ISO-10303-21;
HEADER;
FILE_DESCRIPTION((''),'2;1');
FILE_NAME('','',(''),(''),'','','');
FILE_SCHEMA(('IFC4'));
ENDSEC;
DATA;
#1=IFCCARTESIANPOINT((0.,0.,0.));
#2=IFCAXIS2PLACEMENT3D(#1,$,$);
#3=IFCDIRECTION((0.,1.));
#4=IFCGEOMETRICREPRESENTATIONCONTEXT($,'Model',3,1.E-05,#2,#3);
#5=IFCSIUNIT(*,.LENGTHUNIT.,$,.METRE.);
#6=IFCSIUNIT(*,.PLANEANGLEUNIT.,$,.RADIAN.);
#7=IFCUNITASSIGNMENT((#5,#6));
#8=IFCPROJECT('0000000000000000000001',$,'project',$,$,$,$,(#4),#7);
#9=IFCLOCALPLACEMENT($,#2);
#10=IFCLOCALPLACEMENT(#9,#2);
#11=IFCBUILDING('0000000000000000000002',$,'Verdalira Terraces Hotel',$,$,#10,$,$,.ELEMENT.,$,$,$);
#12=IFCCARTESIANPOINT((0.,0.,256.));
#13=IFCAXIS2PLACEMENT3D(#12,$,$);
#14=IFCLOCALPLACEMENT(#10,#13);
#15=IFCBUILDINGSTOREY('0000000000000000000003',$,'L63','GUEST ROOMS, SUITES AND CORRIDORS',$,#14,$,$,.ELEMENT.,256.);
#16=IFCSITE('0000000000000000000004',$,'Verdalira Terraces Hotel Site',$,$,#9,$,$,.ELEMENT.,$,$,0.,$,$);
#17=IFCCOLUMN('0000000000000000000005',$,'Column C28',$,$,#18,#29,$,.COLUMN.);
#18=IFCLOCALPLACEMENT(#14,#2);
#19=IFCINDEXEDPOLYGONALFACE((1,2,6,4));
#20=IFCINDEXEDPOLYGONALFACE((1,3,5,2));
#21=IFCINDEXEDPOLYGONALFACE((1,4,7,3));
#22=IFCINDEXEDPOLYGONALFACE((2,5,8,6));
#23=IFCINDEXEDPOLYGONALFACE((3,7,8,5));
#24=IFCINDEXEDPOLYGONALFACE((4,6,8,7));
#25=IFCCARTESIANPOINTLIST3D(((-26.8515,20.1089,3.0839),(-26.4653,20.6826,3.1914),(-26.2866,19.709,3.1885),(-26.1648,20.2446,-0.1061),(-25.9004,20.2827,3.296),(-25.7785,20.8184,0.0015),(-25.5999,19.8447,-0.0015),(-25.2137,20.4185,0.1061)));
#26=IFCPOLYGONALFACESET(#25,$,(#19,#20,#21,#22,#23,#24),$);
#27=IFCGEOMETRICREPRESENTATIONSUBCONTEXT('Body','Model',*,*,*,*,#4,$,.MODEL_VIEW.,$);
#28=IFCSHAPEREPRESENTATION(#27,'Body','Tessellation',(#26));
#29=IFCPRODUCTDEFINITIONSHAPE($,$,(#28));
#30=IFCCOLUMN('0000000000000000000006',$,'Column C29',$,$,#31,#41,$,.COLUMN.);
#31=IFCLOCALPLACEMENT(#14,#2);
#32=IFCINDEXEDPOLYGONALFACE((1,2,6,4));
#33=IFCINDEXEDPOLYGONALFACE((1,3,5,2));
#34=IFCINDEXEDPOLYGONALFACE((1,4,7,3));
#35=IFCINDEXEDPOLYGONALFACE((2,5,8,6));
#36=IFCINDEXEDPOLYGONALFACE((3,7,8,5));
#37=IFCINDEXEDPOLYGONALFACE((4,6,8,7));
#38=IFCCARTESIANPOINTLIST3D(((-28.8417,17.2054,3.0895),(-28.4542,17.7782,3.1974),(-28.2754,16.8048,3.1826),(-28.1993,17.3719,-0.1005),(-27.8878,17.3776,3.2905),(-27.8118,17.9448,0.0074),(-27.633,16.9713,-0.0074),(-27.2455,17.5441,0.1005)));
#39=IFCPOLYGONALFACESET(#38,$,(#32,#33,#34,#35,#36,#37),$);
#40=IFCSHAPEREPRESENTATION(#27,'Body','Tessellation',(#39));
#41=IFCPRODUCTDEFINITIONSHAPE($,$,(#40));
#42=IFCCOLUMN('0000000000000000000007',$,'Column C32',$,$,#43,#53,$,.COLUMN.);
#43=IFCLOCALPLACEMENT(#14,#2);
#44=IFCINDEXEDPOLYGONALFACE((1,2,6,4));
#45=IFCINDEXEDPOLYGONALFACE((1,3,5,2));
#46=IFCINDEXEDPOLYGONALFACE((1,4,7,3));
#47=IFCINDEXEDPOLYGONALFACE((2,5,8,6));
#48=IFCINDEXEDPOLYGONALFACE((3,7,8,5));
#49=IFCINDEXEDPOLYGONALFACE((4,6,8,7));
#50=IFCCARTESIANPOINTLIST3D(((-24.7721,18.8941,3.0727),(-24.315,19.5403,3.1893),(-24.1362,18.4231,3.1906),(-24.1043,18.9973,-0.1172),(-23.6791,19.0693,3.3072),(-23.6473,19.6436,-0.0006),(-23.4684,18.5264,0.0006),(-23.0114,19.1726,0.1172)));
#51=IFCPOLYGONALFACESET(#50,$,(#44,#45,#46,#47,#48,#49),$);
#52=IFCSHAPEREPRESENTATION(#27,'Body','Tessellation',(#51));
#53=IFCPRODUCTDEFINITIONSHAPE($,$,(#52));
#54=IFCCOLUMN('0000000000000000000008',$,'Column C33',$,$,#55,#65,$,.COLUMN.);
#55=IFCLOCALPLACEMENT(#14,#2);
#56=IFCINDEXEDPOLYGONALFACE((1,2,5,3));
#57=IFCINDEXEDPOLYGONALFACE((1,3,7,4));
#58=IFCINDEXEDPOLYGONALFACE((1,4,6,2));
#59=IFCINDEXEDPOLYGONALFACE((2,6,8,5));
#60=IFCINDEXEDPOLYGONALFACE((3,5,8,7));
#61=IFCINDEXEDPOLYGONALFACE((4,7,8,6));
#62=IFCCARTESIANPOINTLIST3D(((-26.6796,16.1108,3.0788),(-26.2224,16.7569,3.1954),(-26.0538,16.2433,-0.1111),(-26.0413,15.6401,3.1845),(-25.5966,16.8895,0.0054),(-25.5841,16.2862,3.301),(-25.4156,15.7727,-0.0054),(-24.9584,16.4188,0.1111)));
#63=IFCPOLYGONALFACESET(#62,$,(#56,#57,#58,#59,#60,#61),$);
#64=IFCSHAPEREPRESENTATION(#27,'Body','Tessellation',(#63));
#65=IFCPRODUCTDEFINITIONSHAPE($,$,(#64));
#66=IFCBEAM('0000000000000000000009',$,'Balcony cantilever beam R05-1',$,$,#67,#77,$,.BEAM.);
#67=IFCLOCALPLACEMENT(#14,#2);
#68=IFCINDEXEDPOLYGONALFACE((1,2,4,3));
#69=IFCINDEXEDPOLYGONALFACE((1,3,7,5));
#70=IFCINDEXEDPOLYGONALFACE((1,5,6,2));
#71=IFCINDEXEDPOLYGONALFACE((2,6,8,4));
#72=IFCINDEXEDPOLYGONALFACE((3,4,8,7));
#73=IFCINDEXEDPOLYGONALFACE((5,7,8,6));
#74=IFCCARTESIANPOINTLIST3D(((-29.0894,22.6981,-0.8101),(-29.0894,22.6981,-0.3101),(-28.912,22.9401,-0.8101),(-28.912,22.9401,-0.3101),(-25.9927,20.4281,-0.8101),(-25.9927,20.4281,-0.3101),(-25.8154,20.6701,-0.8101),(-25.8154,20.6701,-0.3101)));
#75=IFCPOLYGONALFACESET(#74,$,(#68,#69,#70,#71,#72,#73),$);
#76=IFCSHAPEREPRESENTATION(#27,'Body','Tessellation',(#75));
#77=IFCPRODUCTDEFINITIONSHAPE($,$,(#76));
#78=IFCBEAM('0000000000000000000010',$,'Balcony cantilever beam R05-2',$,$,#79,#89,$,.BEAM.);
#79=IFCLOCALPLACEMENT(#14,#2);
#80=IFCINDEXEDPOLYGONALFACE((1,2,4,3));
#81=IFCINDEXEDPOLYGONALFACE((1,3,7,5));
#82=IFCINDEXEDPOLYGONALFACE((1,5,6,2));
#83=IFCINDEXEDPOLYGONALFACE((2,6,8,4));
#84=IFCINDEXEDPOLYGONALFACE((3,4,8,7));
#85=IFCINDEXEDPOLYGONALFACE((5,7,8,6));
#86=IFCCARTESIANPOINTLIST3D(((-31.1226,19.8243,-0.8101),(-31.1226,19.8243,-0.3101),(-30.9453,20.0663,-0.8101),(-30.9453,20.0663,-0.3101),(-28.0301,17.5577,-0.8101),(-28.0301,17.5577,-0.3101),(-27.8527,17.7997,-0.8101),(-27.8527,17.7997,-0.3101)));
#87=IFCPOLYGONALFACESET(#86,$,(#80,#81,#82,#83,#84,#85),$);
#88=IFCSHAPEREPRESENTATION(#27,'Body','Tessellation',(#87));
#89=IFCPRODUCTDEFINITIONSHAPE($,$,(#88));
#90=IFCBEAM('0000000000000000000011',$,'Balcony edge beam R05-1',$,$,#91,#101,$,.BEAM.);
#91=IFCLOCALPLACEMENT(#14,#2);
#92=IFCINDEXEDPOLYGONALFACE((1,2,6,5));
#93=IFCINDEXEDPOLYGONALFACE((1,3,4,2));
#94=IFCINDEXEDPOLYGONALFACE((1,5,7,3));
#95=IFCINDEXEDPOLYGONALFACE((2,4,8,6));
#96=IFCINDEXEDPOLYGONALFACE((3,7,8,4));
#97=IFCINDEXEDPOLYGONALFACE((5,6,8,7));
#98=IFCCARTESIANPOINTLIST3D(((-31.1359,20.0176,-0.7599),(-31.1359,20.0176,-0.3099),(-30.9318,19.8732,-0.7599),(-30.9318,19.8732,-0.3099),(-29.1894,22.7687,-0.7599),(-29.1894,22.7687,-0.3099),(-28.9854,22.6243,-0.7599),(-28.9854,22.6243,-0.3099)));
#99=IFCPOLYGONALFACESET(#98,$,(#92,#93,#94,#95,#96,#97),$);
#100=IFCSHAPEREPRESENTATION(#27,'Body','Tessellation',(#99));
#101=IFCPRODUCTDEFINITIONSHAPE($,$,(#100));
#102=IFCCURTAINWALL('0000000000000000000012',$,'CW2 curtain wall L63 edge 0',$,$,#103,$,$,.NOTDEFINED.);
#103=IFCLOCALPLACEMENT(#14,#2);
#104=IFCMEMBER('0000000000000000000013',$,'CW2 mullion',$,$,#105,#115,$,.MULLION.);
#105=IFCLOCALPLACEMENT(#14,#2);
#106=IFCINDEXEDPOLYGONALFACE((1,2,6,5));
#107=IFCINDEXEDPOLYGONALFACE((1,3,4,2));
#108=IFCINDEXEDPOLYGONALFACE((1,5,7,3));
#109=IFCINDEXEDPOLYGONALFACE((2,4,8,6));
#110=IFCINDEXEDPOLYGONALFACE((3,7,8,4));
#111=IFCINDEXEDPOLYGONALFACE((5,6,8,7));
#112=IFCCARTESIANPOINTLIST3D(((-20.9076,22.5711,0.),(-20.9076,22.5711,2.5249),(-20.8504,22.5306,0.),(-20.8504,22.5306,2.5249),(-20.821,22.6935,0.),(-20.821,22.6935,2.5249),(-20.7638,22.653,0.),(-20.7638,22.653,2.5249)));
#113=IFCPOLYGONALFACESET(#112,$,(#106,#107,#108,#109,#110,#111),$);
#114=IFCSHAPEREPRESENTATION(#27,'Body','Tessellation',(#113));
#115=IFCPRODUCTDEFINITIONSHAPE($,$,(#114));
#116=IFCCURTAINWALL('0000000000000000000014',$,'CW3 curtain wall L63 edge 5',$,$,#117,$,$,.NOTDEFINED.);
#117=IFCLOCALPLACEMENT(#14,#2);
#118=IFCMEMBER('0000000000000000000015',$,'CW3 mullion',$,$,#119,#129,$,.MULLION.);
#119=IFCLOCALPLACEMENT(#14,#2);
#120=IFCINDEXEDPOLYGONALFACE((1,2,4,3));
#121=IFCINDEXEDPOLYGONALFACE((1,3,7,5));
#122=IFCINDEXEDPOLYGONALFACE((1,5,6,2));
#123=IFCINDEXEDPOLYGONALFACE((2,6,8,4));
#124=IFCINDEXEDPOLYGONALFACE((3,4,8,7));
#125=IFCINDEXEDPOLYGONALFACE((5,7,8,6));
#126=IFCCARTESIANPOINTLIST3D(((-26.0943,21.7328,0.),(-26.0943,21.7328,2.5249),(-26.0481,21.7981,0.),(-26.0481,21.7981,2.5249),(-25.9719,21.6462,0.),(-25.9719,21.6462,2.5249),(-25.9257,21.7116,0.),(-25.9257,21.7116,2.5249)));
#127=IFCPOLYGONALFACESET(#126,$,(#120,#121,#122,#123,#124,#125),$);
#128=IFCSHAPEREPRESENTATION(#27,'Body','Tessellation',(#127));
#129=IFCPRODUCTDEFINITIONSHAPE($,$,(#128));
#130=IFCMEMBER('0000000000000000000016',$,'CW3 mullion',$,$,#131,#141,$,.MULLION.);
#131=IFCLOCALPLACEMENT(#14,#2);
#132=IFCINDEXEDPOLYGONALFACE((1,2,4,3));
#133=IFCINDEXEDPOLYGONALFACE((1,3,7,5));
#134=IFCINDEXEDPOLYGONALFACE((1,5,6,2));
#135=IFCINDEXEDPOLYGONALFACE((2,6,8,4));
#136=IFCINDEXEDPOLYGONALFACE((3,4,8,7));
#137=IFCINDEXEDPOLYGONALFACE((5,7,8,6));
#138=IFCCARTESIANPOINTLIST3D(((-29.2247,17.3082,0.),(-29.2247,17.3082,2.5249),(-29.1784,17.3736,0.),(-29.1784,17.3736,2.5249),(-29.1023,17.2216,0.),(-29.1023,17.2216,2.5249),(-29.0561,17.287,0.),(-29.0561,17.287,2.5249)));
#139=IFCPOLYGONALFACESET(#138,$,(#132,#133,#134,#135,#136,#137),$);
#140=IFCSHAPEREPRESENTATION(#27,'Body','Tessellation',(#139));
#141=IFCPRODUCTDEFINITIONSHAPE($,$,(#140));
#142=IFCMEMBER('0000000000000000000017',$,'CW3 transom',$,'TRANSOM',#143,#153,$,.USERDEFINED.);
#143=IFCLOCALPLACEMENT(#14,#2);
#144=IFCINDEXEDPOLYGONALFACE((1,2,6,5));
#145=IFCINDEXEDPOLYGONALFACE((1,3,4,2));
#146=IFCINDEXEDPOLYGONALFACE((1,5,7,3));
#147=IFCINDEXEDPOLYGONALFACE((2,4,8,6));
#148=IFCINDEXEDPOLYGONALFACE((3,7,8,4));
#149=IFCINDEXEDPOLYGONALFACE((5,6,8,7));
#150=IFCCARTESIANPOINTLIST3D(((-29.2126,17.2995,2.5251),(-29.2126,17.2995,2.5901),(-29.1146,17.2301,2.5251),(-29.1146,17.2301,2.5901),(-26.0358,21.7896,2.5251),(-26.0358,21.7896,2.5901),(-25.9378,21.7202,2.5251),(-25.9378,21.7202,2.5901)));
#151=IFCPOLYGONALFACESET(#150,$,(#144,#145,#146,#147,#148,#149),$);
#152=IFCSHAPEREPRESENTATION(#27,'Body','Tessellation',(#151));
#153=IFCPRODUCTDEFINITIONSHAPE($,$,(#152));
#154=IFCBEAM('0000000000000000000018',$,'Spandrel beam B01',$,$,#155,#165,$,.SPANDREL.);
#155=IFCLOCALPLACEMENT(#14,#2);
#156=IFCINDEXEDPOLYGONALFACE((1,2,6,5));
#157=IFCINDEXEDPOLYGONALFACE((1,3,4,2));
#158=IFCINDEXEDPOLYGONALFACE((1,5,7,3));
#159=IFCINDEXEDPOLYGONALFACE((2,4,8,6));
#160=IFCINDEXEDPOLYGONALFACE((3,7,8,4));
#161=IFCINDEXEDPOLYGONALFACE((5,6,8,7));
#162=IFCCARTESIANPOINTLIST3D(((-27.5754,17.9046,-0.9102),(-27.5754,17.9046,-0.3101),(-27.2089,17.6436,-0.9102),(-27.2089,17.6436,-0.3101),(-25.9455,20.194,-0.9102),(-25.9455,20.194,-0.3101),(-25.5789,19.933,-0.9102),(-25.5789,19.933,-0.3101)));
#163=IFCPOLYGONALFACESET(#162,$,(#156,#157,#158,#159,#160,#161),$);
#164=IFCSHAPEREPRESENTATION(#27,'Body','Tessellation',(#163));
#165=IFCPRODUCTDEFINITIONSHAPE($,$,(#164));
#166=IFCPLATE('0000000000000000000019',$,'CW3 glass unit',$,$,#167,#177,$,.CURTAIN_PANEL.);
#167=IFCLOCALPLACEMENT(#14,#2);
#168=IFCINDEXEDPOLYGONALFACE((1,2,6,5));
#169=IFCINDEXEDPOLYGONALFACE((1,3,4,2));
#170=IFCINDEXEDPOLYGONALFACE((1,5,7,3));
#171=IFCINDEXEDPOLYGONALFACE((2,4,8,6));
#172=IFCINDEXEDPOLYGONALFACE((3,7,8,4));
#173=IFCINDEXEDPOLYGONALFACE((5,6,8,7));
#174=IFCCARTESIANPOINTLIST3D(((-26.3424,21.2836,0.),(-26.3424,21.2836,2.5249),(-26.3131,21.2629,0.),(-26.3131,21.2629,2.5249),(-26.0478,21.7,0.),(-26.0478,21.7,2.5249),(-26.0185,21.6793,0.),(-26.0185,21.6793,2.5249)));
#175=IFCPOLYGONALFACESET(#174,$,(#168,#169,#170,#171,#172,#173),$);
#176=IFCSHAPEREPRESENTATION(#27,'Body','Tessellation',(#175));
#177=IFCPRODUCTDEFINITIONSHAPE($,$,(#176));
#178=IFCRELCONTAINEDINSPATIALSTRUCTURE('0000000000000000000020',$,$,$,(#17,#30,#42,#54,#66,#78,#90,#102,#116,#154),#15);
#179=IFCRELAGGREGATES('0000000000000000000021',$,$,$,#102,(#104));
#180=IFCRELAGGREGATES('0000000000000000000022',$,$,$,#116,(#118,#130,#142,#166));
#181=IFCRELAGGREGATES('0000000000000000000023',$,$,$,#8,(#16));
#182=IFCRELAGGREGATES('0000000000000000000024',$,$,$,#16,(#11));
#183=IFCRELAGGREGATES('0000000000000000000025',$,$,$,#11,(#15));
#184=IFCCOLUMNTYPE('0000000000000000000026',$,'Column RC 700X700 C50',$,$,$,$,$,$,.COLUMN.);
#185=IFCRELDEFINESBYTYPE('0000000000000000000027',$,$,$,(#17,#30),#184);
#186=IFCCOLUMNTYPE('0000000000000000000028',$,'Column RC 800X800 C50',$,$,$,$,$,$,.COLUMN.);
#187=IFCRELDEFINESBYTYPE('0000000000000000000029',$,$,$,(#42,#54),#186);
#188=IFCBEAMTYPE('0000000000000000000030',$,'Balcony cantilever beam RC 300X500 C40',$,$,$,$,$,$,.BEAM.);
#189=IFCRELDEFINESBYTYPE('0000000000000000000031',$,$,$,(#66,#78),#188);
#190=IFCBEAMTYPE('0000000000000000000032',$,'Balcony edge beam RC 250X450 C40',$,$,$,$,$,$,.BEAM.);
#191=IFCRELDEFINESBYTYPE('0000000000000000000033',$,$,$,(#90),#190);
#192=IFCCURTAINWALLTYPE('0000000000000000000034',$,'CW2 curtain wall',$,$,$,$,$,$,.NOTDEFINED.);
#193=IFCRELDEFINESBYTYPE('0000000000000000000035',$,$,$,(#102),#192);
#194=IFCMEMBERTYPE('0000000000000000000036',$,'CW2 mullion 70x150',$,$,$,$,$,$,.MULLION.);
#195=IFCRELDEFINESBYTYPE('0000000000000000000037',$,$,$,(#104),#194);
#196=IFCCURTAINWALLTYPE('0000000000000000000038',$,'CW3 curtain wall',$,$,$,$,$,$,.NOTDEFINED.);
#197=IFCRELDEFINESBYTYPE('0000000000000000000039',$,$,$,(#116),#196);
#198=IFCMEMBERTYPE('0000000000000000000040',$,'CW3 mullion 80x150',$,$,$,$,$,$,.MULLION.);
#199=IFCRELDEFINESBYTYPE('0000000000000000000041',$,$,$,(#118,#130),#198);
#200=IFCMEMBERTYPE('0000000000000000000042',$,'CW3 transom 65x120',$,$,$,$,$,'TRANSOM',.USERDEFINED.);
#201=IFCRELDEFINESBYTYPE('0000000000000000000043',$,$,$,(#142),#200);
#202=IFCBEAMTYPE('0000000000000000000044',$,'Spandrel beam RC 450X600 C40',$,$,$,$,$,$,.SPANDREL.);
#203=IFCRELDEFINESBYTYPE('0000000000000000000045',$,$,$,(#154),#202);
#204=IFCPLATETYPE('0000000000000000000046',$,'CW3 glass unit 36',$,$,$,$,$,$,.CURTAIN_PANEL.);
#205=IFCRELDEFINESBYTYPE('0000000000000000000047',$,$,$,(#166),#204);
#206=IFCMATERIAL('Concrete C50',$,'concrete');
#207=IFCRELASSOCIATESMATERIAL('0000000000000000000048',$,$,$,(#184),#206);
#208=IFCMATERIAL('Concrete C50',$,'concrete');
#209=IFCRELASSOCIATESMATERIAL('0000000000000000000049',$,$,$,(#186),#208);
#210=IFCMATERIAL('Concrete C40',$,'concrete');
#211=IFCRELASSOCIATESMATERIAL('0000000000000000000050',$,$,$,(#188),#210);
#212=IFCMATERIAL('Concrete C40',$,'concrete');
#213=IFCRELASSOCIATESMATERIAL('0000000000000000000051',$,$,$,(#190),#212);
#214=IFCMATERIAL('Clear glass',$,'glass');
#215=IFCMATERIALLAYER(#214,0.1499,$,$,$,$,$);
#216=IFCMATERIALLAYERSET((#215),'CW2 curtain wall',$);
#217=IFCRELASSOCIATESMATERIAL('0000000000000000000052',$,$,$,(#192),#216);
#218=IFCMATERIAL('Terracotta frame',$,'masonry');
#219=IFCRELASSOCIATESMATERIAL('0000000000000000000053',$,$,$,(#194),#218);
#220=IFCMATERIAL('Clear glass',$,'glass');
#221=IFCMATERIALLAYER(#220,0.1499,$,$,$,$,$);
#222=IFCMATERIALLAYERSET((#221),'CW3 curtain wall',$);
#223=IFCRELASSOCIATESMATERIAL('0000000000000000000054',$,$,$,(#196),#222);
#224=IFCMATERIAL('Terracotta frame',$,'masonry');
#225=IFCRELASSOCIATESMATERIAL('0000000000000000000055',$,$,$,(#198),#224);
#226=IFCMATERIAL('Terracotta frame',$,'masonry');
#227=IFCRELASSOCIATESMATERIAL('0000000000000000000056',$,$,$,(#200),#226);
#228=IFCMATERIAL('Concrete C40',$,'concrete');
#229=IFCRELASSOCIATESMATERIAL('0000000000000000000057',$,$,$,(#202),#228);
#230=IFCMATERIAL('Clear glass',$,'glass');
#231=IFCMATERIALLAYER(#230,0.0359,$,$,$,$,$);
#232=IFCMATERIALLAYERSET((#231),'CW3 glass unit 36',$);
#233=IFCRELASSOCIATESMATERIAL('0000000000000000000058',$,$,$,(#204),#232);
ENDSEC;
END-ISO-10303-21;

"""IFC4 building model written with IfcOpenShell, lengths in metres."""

from ifc_helpers import new_model, si_unit, direction, frame, origin, origin_2d, place, context, subcontext, project, spatial, rectangle, extrude, material, layer, layer_set, material_profile, profile_set, type_object, element, aggregate, save


model = new_model("IFC4")

# Units and contexts
model_context = context("Model", 3, precision=1e-05, world=origin(), true_north=direction((0.0, 1.0)))
body_context = subcontext(model_context, "Body", "Model", "MODEL_VIEW")
ifc_project = project(units=[si_unit("LENGTHUNIT", "METRE"), si_unit("PLANEANGLEUNIT", "RADIAN")], contexts=[model_context])

# Site, building, storey
site_placement = place(None, origin())
site = spatial("IfcSite", under=ifc_project, at=site_placement, Name="Verdalira Terraces Hotel Site", CompositionType="ELEMENT", RefElevation=0.0)
building_placement = place(site_placement, origin())
building = spatial("IfcBuilding", under=site, at=building_placement, Name="Verdalira Terraces Hotel", CompositionType="ELEMENT")
storey_placement = place(building_placement, frame((0.0, 0.0, 256.0)))
storey = spatial("IfcBuildingStorey", under=building, at=storey_placement, Name="L63", Description="GUEST ROOMS, SUITES AND CORRIDORS", CompositionType="ELEMENT", Elevation=256.0)

# Columns
ifc_material_1 = material(Name="Concrete C50", Category="concrete")
ifc_material_profile_1 = material_profile(ifc_material_1, rectangle(XDim=0.7, YDim=0.7, at=origin_2d()), Name="RC 700X700")
ifc_profile_set_1 = profile_set([ifc_material_profile_1], Name="Concrete C50")
column_type_1 = type_object("IfcColumnType", Name="Column RC 700X700 C50", PredefinedType="COLUMN", material=ifc_profile_set_1)
column_1_placement = place(storey_placement, frame((-25.6892, 20.3315, 0.0), z_axis=(-0.210287, -0.041564, 0.976756), x_axis=(-0.55178, -0.819709, -0.153675)))
element("IfcColumn", 1, at=column_1_placement, inside=storey, type_object=column_type_1, Name="Column C28", PredefinedType="COLUMN", context=body_context, shape_type="SweptSolid", body=[
    extrude(rectangle(XDim=0.7, YDim=0.7, at=origin_2d()), origin(), (0.0, 0.0, 1.0), 3.2659),
])
column_2_placement = place(storey_placement, frame((-27.7224, 17.458, 0.0), z_axis=(-0.197142, -0.051103, 0.979042), x_axis=(-0.553649, -0.818349, -0.154199)))
element("IfcColumn", 2, at=column_2_placement, inside=storey, type_object=column_type_1, Name="Column C29", PredefinedType="COLUMN", context=body_context, shape_type="SweptSolid", body=[
    extrude(rectangle(XDim=0.7, YDim=0.7, at=origin_2d()), origin(), (0.0, 0.0, 1.0), 3.2583),
])
ifc_material_2 = material(Name="Concrete C50", Category="concrete")
ifc_material_profile_2 = material_profile(ifc_material_2, rectangle(XDim=0.8, YDim=0.8, at=origin_2d()), Name="RC 800X800")
ifc_profile_set_2 = profile_set([ifc_material_profile_2], Name="Concrete C50")
column_type_2 = type_object("IfcColumnType", Name="Column RC 800X800 C50", PredefinedType="COLUMN", material=ifc_profile_set_2)
column_3_placement = place(storey_placement, frame((-23.5579, 19.085, 0.0), z_axis=(-0.204779, -0.031671, 0.978296), x_axis=(-0.794815, 0.5887, -0.147314)))
element("IfcColumn", 3, at=column_3_placement, inside=storey, type_object=column_type_2, Name="Column C32", PredefinedType="COLUMN", context=body_context, shape_type="SweptSolid", body=[
    extrude(rectangle(XDim=0.8, YDim=0.8, at=origin_2d()), origin(), (0.0, 0.0, 1.0), 3.2607),
])
column_4_placement = place(storey_placement, frame((-25.5061, 16.3311, 0.0), z_axis=(-0.19233, -0.040747, 0.980484), x_axis=(-0.797781, 0.588312, -0.132042)))
element("IfcColumn", 4, at=column_4_placement, inside=storey, type_object=column_type_2, Name="Column C33", PredefinedType="COLUMN", context=body_context, shape_type="SweptSolid", body=[
    extrude(rectangle(XDim=0.8, YDim=0.8, at=origin_2d()), origin(), (0.0, 0.0, 1.0), 3.2534),
])

# Beams
ifc_material_3 = material(Name="Concrete C40", Category="concrete")
ifc_material_profile_3 = material_profile(ifc_material_3, rectangle(XDim=0.3, YDim=0.5, at=origin_2d()), Name="RC 300X500")
ifc_profile_set_3 = profile_set([ifc_material_profile_3], Name="Concrete C40")
beam_type_1 = type_object("IfcBeamType", Name="Balcony cantilever beam RC 300X500 C40", PredefinedType="BEAM", material=ifc_profile_set_3)
beam_1_placement = place(storey_placement, frame((-25.9041, 20.5491, -0.5601), z_axis=(-0.806514, 0.591215, 0.0), x_axis=(-0.591215, -0.806514, 0.0)))
element("IfcBeam", 5, at=beam_1_placement, inside=storey, type_object=beam_type_1, Name="Balcony cantilever beam R05-1", PredefinedType="BEAM", context=body_context, shape_type="SweptSolid", body=[
    extrude(rectangle(XDim=0.3, YDim=0.5, at=origin_2d()), origin(), (0.0, 0.0, 1.0), 3.8396),
])
beam_2_placement = place(storey_placement, frame((-27.9414, 17.6787, -0.5601), z_axis=(-0.806561, 0.591151, 0.0), x_axis=(-0.591151, -0.806561, 0.0)))
element("IfcBeam", 6, at=beam_2_placement, inside=storey, type_object=beam_type_1, Name="Balcony cantilever beam R05-2", PredefinedType="BEAM", context=body_context, shape_type="SweptSolid", body=[
    extrude(rectangle(XDim=0.3, YDim=0.5, at=origin_2d()), origin(), (0.0, 0.0, 1.0), 3.8342),
])
ifc_material_4 = material(Name="Concrete C40", Category="concrete")
ifc_material_profile_4 = material_profile(ifc_material_4, rectangle(XDim=0.25, YDim=0.45, at=origin_2d()), Name="RC 250X450")
ifc_profile_set_4 = profile_set([ifc_material_profile_4], Name="Concrete C40")
beam_type_2 = type_object("IfcBeamType", Name="Balcony edge beam RC 250X450 C40", PredefinedType="BEAM", material=ifc_profile_set_4)
beam_3_placement = place(storey_placement, frame((-29.0874, 22.6965, -0.5349), z_axis=(-0.577573, -0.816339, 0.0), x_axis=(0.816339, -0.577573, 0.0)))
element("IfcBeam", 7, at=beam_3_placement, inside=storey, type_object=beam_type_2, Name="Balcony edge beam R05-1", PredefinedType="BEAM", context=body_context, shape_type="SweptSolid", body=[
    extrude(rectangle(XDim=0.25, YDim=0.45, at=origin_2d()), origin(), (0.0, 0.0, 1.0), 3.3701),
])

# Curtain wall, member
ifc_material_5 = material(Name="Clear glass", Category="glass")
ifc_layer_1 = layer(ifc_material_5, 0.1499)
ifc_layer_set_1 = layer_set([ifc_layer_1], Name="CW2 curtain wall")
curtain_wall_type_1 = type_object("IfcCurtainWallType", Name="CW2 curtain wall", PredefinedType="NOTDEFINED", material=ifc_layer_set_1)
curtain_wall_1_placement = place(storey_placement, origin())
curtain_wall_1 = element("IfcCurtainWall", 8, at=curtain_wall_1_placement, inside=storey, type_object=curtain_wall_type_1, Name="CW2 curtain wall L63 edge 0", PredefinedType="NOTDEFINED")
ifc_material_6 = material(Name="Terracotta frame", Category="masonry")
ifc_material_profile_5 = material_profile(ifc_material_6, rectangle(XDim=0.0701, YDim=0.1499, at=origin_2d()), Name="MU 70x150")
ifc_profile_set_5 = profile_set([ifc_material_profile_5], Name="Terracotta frame")
member_type_1 = type_object("IfcMemberType", Name="CW2 mullion 70x150", PredefinedType="MULLION", material=ifc_profile_set_5)
member_1_placement = place(storey_placement, frame((-20.8357, 22.6121, 0.0), z_axis=(0.0, 0.0, 1.0), x_axis=(-0.816339, 0.577573, 0.0)))
member_1 = element("IfcMember", 9, at=member_1_placement, type_object=member_type_1, Name="CW2 mullion", PredefinedType="MULLION", context=body_context, shape_type="SweptSolid", body=[
    extrude(rectangle(XDim=0.0701, YDim=0.1499, at=origin_2d()), origin(), (0.0, 0.0, 1.0), 2.5249),
])
aggregate(curtain_wall_1, [member_1])

# Curtain wall, members
ifc_material_7 = material(Name="Clear glass", Category="glass")
ifc_layer_2 = layer(ifc_material_7, 0.1499)
ifc_layer_set_2 = layer_set([ifc_layer_2], Name="CW3 curtain wall")
curtain_wall_type_2 = type_object("IfcCurtainWallType", Name="CW3 curtain wall", PredefinedType="NOTDEFINED", material=ifc_layer_set_2)
curtain_wall_2_placement = place(storey_placement, origin())
curtain_wall_2 = element("IfcCurtainWall", 10, at=curtain_wall_2_placement, inside=storey, type_object=curtain_wall_type_2, Name="CW3 curtain wall L63 edge 5", PredefinedType="NOTDEFINED")
ifc_material_8 = material(Name="Terracotta frame", Category="masonry")
ifc_material_profile_6 = material_profile(ifc_material_8, rectangle(XDim=0.0801, YDim=0.1499, at=origin_2d()), Name="MU 80x150")
ifc_profile_set_6 = profile_set([ifc_material_profile_6], Name="Terracotta frame")
member_type_2 = type_object("IfcMemberType", Name="CW3 mullion 80x150", PredefinedType="MULLION", material=ifc_profile_set_6)
member_2_placement = place(storey_placement, frame((-26.01, 21.7222, 0.0), z_axis=(0.0, 0.0, 1.0), x_axis=(-0.577573, -0.816339, 0.0)))
member_2 = element("IfcMember", 11, at=member_2_placement, type_object=member_type_2, Name="CW3 mullion", PredefinedType="MULLION", context=body_context, shape_type="SweptSolid", body=[
    extrude(rectangle(XDim=0.0801, YDim=0.1499, at=origin_2d()), origin(), (0.0, 0.0, 1.0), 2.5249),
])
member_3_placement = place(storey_placement, frame((-29.1404, 17.2976, 0.0), z_axis=(0.0, 0.0, 1.0), x_axis=(-0.577573, -0.816339, 0.0)))
member_3 = element("IfcMember", 12, at=member_3_placement, type_object=member_type_2, Name="CW3 mullion", PredefinedType="MULLION", context=body_context, shape_type="SweptSolid", body=[
    extrude(rectangle(XDim=0.0801, YDim=0.1499, at=origin_2d()), origin(), (0.0, 0.0, 1.0), 2.5249),
])
ifc_material_9 = material(Name="Terracotta frame", Category="masonry")
ifc_material_profile_7 = material_profile(ifc_material_9, rectangle(XDim=0.1201, YDim=0.0649, at=origin_2d()), Name="TR 65x120")
ifc_profile_set_7 = profile_set([ifc_material_profile_7], Name="Terracotta frame")
member_type_3 = type_object("IfcMemberType", Name="CW3 transom 65x120", ElementType="TRANSOM", PredefinedType="USERDEFINED", material=ifc_profile_set_7)
member_4_placement = place(storey_placement, frame((-25.9868, 21.7549, 2.5576), z_axis=(-0.577575, -0.816338, 0.0), x_axis=(0.816338, -0.577575, 0.0)))
member_4 = element("IfcMember", 13, at=member_4_placement, type_object=member_type_3, Name="CW3 transom", ObjectType="TRANSOM", PredefinedType="USERDEFINED", context=body_context, shape_type="SweptSolid", body=[
    extrude(rectangle(XDim=0.1201, YDim=0.0649, at=origin_2d()), origin(), (0.0, 0.0, 1.0), 5.5002),
])

# Beam
ifc_material_10 = material(Name="Concrete C40", Category="concrete")
ifc_material_profile_8 = material_profile(ifc_material_10, rectangle(XDim=0.45, YDim=0.6001, at=origin_2d()), Name="RC 450X600")
ifc_profile_set_8 = profile_set([ifc_material_profile_8], Name="Concrete C40")
beam_type_3 = type_object("IfcBeamType", Name="Spandrel beam RC 450X600 C40", PredefinedType="SPANDREL", material=ifc_profile_set_8)
beam_4_placement = place(storey_placement, frame((-25.7622, 20.0635, -0.6101), z_axis=(-0.57998, -0.814631, 0.0), x_axis=(0.814631, -0.57998, 0.0)))
element("IfcBeam", 14, at=beam_4_placement, inside=storey, type_object=beam_type_3, Name="Spandrel beam B01", PredefinedType="SPANDREL", context=body_context, shape_type="SweptSolid", body=[
    extrude(rectangle(XDim=0.45, YDim=0.6001, at=origin_2d()), origin(), (0.0, 0.0, 1.0), 2.8103),
])

# Plate
ifc_material_11 = material(Name="Clear glass", Category="glass")
ifc_layer_3 = layer(ifc_material_11, 0.0359)
ifc_layer_set_3 = layer_set([ifc_layer_3], Name="CW3 glass unit 36")
plate_type = type_object("IfcPlateType", Name="CW3 glass unit 36", PredefinedType="CURTAIN_PANEL", material=ifc_layer_set_3)
plate_placement = place(storey_placement, frame((-26.1804, 21.4814, 0.0), z_axis=(0.0, 0.0, 1.0), x_axis=(-0.577573, -0.816339, 0.0)))
plate = element("IfcPlate", 15, at=plate_placement, type_object=plate_type, Name="CW3 glass unit", PredefinedType="CURTAIN_PANEL", context=body_context, shape_type="SweptSolid", body=[
    extrude(rectangle(XDim=0.51, YDim=0.0359, at=origin_2d()), origin(), (0.0, 0.0, 1.0), 2.5249),
])
aggregate(curtain_wall_2, [member_2, member_3, member_4, plate])

save(model, "model.ifc")
